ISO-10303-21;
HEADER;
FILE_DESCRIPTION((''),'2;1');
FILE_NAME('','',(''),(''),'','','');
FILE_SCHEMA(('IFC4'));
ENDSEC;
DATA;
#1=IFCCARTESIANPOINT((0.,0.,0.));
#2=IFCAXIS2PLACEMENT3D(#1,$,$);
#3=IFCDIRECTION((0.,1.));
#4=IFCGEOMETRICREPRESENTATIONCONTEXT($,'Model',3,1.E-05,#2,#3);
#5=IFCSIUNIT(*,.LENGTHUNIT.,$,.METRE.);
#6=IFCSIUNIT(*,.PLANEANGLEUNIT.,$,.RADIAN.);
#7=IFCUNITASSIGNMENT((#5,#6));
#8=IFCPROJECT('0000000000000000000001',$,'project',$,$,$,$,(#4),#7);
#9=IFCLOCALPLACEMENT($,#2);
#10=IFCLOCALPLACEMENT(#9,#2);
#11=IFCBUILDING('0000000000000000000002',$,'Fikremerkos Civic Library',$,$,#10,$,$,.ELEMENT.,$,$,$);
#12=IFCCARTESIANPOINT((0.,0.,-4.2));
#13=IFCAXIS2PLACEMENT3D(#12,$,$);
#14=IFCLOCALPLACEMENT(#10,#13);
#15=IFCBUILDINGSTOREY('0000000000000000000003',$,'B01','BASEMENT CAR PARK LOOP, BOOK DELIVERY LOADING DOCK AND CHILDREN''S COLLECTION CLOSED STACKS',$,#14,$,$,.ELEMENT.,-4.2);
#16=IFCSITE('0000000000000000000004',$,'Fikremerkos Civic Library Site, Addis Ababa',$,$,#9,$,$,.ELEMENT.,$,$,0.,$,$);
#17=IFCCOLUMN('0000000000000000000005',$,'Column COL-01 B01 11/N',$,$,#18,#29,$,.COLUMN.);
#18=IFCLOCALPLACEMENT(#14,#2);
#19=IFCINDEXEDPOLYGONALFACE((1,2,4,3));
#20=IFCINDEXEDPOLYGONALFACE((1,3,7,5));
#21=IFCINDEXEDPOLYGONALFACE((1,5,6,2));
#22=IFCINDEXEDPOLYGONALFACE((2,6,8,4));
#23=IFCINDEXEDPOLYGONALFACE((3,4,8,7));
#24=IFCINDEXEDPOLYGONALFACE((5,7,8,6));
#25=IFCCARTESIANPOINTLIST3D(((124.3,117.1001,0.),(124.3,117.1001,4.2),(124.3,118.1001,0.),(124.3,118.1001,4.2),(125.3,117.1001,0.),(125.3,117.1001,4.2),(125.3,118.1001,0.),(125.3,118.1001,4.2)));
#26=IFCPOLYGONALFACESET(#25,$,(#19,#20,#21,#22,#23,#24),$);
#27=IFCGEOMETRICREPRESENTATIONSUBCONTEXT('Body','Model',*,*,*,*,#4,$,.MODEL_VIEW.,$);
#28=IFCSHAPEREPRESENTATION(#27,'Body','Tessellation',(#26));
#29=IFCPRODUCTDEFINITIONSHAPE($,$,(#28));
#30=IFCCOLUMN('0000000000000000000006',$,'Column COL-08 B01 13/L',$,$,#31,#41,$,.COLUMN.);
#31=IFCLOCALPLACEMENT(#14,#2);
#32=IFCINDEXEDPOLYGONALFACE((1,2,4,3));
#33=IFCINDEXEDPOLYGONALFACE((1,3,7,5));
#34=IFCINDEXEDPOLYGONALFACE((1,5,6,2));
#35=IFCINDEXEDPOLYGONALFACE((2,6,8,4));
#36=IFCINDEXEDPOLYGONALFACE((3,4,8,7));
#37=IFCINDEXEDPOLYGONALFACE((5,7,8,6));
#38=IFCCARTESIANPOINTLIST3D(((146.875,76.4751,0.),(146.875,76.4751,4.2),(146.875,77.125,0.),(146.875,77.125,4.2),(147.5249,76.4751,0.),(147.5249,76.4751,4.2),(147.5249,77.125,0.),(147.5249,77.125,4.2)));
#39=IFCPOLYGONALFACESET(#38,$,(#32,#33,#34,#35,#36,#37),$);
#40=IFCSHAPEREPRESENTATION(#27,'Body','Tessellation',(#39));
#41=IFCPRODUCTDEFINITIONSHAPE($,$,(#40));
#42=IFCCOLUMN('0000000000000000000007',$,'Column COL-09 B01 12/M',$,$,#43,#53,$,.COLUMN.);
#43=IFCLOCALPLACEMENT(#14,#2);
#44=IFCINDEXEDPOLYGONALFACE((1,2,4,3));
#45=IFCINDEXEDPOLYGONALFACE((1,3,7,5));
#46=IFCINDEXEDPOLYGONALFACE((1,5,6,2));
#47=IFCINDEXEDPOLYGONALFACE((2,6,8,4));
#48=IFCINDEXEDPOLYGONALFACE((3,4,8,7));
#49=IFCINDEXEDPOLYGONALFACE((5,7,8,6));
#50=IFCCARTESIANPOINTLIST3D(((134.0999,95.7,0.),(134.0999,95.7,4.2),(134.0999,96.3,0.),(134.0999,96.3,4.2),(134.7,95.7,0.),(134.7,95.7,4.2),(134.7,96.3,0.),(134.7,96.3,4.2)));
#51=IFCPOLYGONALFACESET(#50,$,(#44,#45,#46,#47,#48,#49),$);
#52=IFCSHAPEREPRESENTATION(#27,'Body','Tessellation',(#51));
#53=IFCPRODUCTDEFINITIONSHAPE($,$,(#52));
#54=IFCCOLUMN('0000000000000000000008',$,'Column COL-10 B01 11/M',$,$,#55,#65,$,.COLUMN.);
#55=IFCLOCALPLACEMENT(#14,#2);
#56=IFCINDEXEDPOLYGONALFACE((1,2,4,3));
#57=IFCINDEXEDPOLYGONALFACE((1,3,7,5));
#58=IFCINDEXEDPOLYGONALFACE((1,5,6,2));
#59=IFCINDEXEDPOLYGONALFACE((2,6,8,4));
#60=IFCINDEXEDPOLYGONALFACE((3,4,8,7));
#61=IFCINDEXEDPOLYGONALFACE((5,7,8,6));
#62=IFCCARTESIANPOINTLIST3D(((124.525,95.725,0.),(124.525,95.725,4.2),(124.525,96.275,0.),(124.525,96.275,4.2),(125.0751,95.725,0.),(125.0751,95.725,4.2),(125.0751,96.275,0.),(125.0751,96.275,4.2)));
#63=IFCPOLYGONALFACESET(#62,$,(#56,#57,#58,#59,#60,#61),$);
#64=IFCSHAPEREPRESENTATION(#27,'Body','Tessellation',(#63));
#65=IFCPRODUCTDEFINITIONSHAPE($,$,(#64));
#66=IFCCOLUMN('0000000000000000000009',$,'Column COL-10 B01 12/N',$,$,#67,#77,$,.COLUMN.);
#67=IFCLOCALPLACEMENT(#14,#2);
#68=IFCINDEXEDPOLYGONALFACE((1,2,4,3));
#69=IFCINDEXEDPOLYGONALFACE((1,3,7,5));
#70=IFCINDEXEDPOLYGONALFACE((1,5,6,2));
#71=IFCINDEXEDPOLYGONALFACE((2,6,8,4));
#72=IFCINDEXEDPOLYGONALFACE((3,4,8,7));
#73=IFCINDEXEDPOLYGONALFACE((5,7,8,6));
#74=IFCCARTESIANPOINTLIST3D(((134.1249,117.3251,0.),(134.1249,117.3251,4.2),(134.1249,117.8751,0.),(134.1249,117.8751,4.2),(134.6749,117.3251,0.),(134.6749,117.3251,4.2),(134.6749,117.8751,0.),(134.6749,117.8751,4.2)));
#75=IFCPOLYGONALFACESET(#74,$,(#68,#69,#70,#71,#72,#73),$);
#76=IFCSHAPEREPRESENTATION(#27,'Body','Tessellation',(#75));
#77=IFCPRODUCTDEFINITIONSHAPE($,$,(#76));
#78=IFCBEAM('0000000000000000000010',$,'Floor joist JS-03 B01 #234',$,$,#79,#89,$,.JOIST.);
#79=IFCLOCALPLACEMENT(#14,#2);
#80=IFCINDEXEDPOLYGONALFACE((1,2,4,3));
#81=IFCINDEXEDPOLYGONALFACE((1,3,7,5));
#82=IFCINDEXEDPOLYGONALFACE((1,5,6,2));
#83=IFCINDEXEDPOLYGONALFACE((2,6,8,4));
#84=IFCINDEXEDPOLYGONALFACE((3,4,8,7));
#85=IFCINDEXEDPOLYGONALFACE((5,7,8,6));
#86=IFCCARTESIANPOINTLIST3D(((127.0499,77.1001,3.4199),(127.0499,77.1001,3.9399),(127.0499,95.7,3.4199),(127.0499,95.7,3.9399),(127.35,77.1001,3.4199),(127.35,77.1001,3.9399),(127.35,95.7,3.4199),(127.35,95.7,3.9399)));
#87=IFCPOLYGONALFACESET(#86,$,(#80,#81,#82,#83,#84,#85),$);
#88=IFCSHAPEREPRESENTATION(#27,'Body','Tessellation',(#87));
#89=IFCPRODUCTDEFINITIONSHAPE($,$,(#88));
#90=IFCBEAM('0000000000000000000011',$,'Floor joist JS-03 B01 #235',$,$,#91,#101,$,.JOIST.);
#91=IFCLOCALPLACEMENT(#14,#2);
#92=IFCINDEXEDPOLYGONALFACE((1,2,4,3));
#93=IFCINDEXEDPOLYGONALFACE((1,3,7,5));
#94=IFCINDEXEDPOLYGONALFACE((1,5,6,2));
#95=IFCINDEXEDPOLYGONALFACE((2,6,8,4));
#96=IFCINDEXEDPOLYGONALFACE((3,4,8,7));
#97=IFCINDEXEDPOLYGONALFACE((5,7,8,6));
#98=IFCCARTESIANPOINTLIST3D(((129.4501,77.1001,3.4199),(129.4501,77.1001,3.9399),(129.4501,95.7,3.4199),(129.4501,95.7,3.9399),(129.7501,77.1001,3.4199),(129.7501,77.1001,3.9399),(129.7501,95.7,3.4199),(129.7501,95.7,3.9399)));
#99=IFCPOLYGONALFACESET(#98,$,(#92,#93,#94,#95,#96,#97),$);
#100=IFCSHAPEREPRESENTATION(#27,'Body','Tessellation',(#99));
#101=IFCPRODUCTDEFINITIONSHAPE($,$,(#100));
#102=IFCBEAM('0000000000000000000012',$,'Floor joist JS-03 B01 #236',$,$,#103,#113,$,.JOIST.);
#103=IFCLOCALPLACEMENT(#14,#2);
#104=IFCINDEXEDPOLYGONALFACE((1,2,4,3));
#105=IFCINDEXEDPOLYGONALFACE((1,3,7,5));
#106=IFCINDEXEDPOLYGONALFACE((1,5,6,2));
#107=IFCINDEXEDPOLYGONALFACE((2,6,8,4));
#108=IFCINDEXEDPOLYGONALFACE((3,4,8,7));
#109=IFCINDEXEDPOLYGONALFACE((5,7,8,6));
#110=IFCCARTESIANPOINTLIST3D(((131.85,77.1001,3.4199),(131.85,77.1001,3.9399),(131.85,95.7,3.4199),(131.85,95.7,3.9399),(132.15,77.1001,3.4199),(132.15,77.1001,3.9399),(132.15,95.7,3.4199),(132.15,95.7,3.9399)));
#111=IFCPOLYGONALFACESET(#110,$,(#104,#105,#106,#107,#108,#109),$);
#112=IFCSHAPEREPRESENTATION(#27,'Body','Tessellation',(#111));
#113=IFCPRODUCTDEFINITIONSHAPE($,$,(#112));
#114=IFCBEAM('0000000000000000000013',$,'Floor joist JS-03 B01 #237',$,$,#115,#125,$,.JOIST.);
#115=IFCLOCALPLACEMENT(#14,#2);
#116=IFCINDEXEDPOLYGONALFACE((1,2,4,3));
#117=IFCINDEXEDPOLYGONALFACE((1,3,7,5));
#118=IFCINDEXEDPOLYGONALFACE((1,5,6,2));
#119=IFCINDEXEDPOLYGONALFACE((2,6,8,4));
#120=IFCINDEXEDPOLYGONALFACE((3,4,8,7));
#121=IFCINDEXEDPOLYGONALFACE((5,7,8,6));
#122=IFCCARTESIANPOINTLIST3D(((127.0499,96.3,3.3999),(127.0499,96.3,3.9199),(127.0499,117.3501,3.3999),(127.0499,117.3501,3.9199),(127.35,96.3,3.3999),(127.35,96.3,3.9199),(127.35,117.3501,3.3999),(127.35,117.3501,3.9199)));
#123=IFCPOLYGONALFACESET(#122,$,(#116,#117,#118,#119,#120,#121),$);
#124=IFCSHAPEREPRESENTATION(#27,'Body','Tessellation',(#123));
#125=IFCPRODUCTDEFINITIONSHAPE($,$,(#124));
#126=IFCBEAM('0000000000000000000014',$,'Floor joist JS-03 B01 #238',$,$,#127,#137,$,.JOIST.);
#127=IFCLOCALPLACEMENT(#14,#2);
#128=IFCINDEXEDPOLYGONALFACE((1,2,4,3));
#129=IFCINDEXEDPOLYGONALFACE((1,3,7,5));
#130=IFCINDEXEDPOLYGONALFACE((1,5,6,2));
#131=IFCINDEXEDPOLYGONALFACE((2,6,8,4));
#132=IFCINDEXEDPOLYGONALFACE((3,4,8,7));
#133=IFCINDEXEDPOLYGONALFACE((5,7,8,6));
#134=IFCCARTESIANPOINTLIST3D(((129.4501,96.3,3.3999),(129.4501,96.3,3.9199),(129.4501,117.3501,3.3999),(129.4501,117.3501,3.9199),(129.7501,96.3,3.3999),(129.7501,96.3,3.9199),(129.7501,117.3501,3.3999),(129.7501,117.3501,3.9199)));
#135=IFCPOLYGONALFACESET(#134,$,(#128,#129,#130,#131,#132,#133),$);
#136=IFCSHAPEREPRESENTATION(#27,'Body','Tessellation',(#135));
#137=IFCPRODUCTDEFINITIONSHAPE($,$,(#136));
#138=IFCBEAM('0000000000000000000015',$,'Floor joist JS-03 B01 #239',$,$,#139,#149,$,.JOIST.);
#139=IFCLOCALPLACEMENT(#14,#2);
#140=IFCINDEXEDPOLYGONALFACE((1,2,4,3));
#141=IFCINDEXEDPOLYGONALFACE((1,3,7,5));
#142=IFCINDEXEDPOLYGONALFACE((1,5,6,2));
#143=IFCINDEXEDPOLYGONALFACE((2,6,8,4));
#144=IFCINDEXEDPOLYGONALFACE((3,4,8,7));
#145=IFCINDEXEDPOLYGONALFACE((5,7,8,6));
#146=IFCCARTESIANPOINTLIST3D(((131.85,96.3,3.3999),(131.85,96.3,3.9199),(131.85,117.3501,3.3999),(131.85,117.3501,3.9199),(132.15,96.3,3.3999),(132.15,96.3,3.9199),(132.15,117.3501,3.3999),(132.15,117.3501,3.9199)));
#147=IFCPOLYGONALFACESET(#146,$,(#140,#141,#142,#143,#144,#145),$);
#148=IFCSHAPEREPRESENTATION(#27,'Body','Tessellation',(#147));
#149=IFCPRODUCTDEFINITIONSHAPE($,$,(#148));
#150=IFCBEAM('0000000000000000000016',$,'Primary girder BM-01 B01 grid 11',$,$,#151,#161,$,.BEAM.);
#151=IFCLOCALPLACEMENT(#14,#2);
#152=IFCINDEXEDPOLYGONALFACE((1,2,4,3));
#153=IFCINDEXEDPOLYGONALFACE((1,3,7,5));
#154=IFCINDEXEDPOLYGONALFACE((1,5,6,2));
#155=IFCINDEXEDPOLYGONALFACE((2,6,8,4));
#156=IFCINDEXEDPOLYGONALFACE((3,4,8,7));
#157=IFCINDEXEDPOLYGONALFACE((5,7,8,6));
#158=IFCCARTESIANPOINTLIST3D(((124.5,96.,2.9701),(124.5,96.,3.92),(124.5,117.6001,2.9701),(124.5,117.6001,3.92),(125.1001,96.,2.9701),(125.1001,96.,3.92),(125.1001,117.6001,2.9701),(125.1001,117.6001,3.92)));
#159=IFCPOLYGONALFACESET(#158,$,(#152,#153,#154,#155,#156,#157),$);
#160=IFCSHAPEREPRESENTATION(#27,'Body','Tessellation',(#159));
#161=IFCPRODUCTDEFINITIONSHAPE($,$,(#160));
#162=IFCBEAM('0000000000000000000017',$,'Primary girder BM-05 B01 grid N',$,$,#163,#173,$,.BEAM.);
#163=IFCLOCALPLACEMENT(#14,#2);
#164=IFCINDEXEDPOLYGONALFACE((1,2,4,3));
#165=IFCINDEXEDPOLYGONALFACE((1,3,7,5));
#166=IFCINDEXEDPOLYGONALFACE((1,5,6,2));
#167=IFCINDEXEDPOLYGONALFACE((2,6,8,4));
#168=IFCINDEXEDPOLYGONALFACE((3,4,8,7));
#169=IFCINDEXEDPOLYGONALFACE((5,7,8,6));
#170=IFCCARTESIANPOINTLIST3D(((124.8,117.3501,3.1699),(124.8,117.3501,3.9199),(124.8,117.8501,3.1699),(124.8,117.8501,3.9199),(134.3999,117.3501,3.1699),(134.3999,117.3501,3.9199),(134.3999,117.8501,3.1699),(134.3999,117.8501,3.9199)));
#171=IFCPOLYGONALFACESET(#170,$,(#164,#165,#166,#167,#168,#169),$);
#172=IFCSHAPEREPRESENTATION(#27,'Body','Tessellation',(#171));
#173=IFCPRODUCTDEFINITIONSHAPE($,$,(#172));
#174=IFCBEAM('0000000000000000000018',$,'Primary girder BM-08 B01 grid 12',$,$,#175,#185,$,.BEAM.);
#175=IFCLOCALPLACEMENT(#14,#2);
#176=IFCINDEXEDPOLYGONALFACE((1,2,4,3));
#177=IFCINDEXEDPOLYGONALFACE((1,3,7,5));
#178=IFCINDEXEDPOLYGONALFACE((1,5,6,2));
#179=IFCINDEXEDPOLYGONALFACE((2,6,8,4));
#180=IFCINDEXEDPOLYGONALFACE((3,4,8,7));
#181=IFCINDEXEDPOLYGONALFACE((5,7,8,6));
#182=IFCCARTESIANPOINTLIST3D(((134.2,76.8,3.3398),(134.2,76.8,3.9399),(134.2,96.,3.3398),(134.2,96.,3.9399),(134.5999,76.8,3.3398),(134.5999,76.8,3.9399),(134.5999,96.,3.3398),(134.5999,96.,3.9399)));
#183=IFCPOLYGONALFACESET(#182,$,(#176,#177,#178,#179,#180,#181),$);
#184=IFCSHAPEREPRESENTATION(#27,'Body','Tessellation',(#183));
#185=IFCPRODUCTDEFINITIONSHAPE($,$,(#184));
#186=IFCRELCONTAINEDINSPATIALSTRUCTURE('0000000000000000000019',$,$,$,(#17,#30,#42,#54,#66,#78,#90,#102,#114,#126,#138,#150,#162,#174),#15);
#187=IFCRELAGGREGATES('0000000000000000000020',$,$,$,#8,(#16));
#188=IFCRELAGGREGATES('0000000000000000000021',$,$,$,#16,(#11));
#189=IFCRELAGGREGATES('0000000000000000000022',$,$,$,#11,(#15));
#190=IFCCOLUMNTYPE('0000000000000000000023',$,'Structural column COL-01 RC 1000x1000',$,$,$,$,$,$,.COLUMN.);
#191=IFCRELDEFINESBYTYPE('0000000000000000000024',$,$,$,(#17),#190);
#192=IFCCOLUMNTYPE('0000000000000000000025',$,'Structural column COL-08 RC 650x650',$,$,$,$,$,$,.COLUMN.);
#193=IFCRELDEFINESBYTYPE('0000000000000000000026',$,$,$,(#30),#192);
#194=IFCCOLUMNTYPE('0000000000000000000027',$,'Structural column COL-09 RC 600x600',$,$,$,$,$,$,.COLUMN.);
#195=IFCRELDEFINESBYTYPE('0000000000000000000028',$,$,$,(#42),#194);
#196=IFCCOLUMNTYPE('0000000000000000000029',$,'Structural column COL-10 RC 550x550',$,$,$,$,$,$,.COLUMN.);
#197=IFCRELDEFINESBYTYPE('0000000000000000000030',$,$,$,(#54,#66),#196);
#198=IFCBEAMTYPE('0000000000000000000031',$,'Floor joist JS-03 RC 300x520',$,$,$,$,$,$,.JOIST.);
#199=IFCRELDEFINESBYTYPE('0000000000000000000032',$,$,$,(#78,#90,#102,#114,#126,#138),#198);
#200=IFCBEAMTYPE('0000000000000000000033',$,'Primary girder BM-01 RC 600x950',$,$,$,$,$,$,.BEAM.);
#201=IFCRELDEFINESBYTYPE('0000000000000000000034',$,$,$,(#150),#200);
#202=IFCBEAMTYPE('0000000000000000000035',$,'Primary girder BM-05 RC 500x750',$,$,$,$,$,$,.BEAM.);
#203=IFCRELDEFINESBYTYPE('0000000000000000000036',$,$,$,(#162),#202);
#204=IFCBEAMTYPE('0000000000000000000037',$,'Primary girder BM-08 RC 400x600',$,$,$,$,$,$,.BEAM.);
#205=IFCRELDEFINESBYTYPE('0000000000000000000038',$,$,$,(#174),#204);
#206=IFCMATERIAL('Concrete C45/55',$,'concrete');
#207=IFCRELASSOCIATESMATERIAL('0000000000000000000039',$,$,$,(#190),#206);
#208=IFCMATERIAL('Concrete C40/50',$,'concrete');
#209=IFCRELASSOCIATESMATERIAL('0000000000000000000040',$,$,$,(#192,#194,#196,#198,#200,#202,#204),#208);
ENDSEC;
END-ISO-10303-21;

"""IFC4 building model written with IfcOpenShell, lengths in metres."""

from ifc_helpers import new_model, si_unit, direction, frame, origin, origin_2d, place, context, subcontext, project, spatial, rectangle, extrude, material, material_profile, profile_set, type_object, element, save


model = new_model("IFC4")

# Units and contexts
model_context = context("Model", 3, precision=1e-05, world=origin(), true_north=direction((0.0, 1.0)))
body_context = subcontext(model_context, "Body", "Model", "MODEL_VIEW")
ifc_project = project(units=[si_unit("LENGTHUNIT", "METRE"), si_unit("PLANEANGLEUNIT", "RADIAN")], contexts=[model_context])

# Site, building, storey
site_placement = place(None, origin())
site = spatial("IfcSite", under=ifc_project, at=site_placement, Name="Fikremerkos Civic Library Site, Addis Ababa", CompositionType="ELEMENT", RefElevation=0.0)
building_placement = place(site_placement, origin())
building = spatial("IfcBuilding", under=site, at=building_placement, Name="Fikremerkos Civic Library", CompositionType="ELEMENT")
storey_placement = place(building_placement, frame((0.0, 0.0, -4.2)))
storey = spatial("IfcBuildingStorey", under=building, at=storey_placement, Name="B01", Description="BASEMENT CAR PARK LOOP, BOOK DELIVERY LOADING DOCK AND CHILDREN'S COLLECTION CLOSED STACKS", CompositionType="ELEMENT", Elevation=-4.2)

# Columns
ifc_material_1 = material(Name="Concrete C45/55", Category="concrete")
ifc_material_profile_1 = material_profile(ifc_material_1, rectangle(XDim=1.0, YDim=1.0, at=origin_2d()), Name="RC 1000x1000")
ifc_profile_set_1 = profile_set([ifc_material_profile_1], Name="Concrete C45/55")
column_type_1 = type_object("IfcColumnType", Name="Structural column COL-01 RC 1000x1000", PredefinedType="COLUMN", material=ifc_profile_set_1)
column_1_placement = place(storey_placement, frame((124.8, 117.6001, 0.0), z_axis=(0.0, 0.0, 1.0), x_axis=(1.0, 0.0, 0.0)))
element("IfcColumn", 1, at=column_1_placement, inside=storey, type_object=column_type_1, Name="Column COL-01 B01 11/N", PredefinedType="COLUMN", context=body_context, shape_type="SweptSolid", body=[
    extrude(rectangle(XDim=1.0, YDim=1.0, at=origin_2d()), origin(), (0.0, 0.0, 1.0), 4.2),
])
ifc_material_2 = material(Name="Concrete C40/50", Category="concrete")
ifc_material_profile_2 = material_profile(ifc_material_2, rectangle(XDim=0.6499, YDim=0.6499, at=origin_2d()), Name="RC 650x650")
ifc_profile_set_2 = profile_set([ifc_material_profile_2], Name="Concrete C40/50")
column_type_2 = type_object("IfcColumnType", Name="Structural column COL-08 RC 650x650", PredefinedType="COLUMN", material=ifc_profile_set_2)
column_2_placement = place(storey_placement, frame((147.2, 76.8, 0.0), z_axis=(0.0, 0.0, 1.0), x_axis=(1.0, 0.0, 0.0)))
element("IfcColumn", 2, at=column_2_placement, inside=storey, type_object=column_type_2, Name="Column COL-08 B01 13/L", PredefinedType="COLUMN", context=body_context, shape_type="SweptSolid", body=[
    extrude(rectangle(XDim=0.6499, YDim=0.6499, at=origin_2d()), origin(), (0.0, 0.0, 1.0), 4.2),
])
ifc_material_profile_3 = material_profile(ifc_material_2, rectangle(XDim=0.6001, YDim=0.6001, at=origin_2d()), Name="RC 600x600")
ifc_profile_set_3 = profile_set([ifc_material_profile_3], Name="Concrete C40/50")
column_type_3 = type_object("IfcColumnType", Name="Structural column COL-09 RC 600x600", PredefinedType="COLUMN", material=ifc_profile_set_3)
column_3_placement = place(storey_placement, frame((134.3999, 96.0, 0.0), z_axis=(0.0, 0.0, 1.0), x_axis=(1.0, 0.0, 0.0)))
element("IfcColumn", 3, at=column_3_placement, inside=storey, type_object=column_type_3, Name="Column COL-09 B01 12/M", PredefinedType="COLUMN", context=body_context, shape_type="SweptSolid", body=[
    extrude(rectangle(XDim=0.6001, YDim=0.6001, at=origin_2d()), origin(), (0.0, 0.0, 1.0), 4.2),
])
ifc_material_profile_4 = material_profile(ifc_material_2, rectangle(XDim=0.55, YDim=0.55, at=origin_2d()), Name="RC 550x550")
ifc_profile_set_4 = profile_set([ifc_material_profile_4], Name="Concrete C40/50")
column_type_4 = type_object("IfcColumnType", Name="Structural column COL-10 RC 550x550", PredefinedType="COLUMN", material=ifc_profile_set_4)
for number, where, z_axis, x_axis, name in (
    (4, (124.8, 96.0, 0.0), (0.0, 0.0, 1.0), (1.0, 0.0, 0.0), "Column COL-10 B01 11/M"),
    (5, (134.3999, 117.6001, 0.0), (0.0, 0.0, 1.0), (1.0, 0.0, 0.0), "Column COL-10 B01 12/N"),
):
    element("IfcColumn", number, at=place(storey_placement, frame(where, z_axis=z_axis, x_axis=x_axis)), inside=storey, type_object=column_type_4, Name=name, PredefinedType="COLUMN", context=body_context, shape_type="SweptSolid", body=[
        extrude(rectangle(XDim=0.55, YDim=0.55, at=origin_2d()), origin(), (0.0, 0.0, 1.0), 4.2),
    ])

# Beams
ifc_material_profile_5 = material_profile(ifc_material_2, rectangle(XDim=0.3, YDim=0.52, at=origin_2d()), Name="RC 300x520")
ifc_profile_set_5 = profile_set([ifc_material_profile_5], Name="Concrete C40/50")
beam_type_1 = type_object("IfcBeamType", Name="Floor joist JS-03 RC 300x520", PredefinedType="JOIST", material=ifc_profile_set_5)
for number, where, z_axis, x_axis, name in (
    (6, (127.2, 77.1001, 3.6799), (0.0, 1.0, 0.0), (-1.0, 0.0, 0.0), "Floor joist JS-03 B01 #234"),
    (7, (129.6001, 77.1001, 3.6799), (0.0, 1.0, 0.0), (-1.0, 0.0, 0.0), "Floor joist JS-03 B01 #235"),
    (8, (132.0, 77.1001, 3.6799), (0.0, 1.0, 0.0), (-1.0, 0.0, 0.0), "Floor joist JS-03 B01 #236"),
):
    element("IfcBeam", number, at=place(storey_placement, frame(where, z_axis=z_axis, x_axis=x_axis)), inside=storey, type_object=beam_type_1, Name=name, PredefinedType="JOIST", context=body_context, shape_type="SweptSolid", body=[
        extrude(rectangle(XDim=0.3, YDim=0.52, at=origin_2d()), origin(), (0.0, 0.0, 1.0), 18.5999),
    ])
for number, where, z_axis, x_axis, name in (
    (9, (127.2, 96.3, 3.6599), (0.0, 1.0, 0.0), (-1.0, 0.0, 0.0), "Floor joist JS-03 B01 #237"),
    (10, (129.6001, 96.3, 3.6599), (0.0, 1.0, 0.0), (-1.0, 0.0, 0.0), "Floor joist JS-03 B01 #238"),
    (11, (132.0, 96.3, 3.6599), (0.0, 1.0, 0.0), (-1.0, 0.0, 0.0), "Floor joist JS-03 B01 #239"),
):
    element("IfcBeam", number, at=place(storey_placement, frame(where, z_axis=z_axis, x_axis=x_axis)), inside=storey, type_object=beam_type_1, Name=name, PredefinedType="JOIST", context=body_context, shape_type="SweptSolid", body=[
        extrude(rectangle(XDim=0.3, YDim=0.52, at=origin_2d()), origin(), (0.0, 0.0, 1.0), 21.05),
    ])
ifc_material_profile_6 = material_profile(ifc_material_2, rectangle(XDim=0.6001, YDim=0.95, at=origin_2d()), Name="RC 600x950")
ifc_profile_set_6 = profile_set([ifc_material_profile_6], Name="Concrete C40/50")
beam_type_2 = type_object("IfcBeamType", Name="Primary girder BM-01 RC 600x950", PredefinedType="BEAM", material=ifc_profile_set_6)
beam_1_placement = place(storey_placement, frame((124.8, 96.0, 3.4451), z_axis=(0.0, 1.0, 0.0), x_axis=(-1.0, 0.0, 0.0)))
element("IfcBeam", 12, at=beam_1_placement, inside=storey, type_object=beam_type_2, Name="Primary girder BM-01 B01 grid 11", PredefinedType="BEAM", context=body_context, shape_type="SweptSolid", body=[
    extrude(rectangle(XDim=0.6001, YDim=0.95, at=origin_2d()), origin(), (0.0, 0.0, 1.0), 21.6001),
])
ifc_material_profile_7 = material_profile(ifc_material_2, rectangle(XDim=0.5, YDim=0.75, at=origin_2d()), Name="RC 500x750")
ifc_profile_set_7 = profile_set([ifc_material_profile_7], Name="Concrete C40/50")
beam_type_3 = type_object("IfcBeamType", Name="Primary girder BM-05 RC 500x750", PredefinedType="BEAM", material=ifc_profile_set_7)
beam_2_placement = place(storey_placement, frame((124.8, 117.6001, 3.5449), z_axis=(1.0, 0.0, 0.0), x_axis=(0.0, 1.0, 0.0)))
element("IfcBeam", 13, at=beam_2_placement, inside=storey, type_object=beam_type_3, Name="Primary girder BM-05 B01 grid N", PredefinedType="BEAM", context=body_context, shape_type="SweptSolid", body=[
    extrude(rectangle(XDim=0.5, YDim=0.75, at=origin_2d()), origin(), (0.0, 0.0, 1.0), 9.5999),
])
ifc_material_profile_8 = material_profile(ifc_material_2, rectangle(XDim=0.3999, YDim=0.6001, at=origin_2d()), Name="RC 400x600")
ifc_profile_set_8 = profile_set([ifc_material_profile_8], Name="Concrete C40/50")
beam_type_4 = type_object("IfcBeamType", Name="Primary girder BM-08 RC 400x600", PredefinedType="BEAM", material=ifc_profile_set_8)
beam_3_placement = place(storey_placement, frame((134.3999, 76.8, 3.6399), z_axis=(0.0, 1.0, 0.0), x_axis=(-1.0, 0.0, 0.0)))
element("IfcBeam", 14, at=beam_3_placement, inside=storey, type_object=beam_type_4, Name="Primary girder BM-08 B01 grid 12", PredefinedType="BEAM", context=body_context, shape_type="SweptSolid", body=[
    extrude(rectangle(XDim=0.3999, YDim=0.6001, at=origin_2d()), origin(), (0.0, 0.0, 1.0), 19.2),
])

save(model, "model.ifc")
